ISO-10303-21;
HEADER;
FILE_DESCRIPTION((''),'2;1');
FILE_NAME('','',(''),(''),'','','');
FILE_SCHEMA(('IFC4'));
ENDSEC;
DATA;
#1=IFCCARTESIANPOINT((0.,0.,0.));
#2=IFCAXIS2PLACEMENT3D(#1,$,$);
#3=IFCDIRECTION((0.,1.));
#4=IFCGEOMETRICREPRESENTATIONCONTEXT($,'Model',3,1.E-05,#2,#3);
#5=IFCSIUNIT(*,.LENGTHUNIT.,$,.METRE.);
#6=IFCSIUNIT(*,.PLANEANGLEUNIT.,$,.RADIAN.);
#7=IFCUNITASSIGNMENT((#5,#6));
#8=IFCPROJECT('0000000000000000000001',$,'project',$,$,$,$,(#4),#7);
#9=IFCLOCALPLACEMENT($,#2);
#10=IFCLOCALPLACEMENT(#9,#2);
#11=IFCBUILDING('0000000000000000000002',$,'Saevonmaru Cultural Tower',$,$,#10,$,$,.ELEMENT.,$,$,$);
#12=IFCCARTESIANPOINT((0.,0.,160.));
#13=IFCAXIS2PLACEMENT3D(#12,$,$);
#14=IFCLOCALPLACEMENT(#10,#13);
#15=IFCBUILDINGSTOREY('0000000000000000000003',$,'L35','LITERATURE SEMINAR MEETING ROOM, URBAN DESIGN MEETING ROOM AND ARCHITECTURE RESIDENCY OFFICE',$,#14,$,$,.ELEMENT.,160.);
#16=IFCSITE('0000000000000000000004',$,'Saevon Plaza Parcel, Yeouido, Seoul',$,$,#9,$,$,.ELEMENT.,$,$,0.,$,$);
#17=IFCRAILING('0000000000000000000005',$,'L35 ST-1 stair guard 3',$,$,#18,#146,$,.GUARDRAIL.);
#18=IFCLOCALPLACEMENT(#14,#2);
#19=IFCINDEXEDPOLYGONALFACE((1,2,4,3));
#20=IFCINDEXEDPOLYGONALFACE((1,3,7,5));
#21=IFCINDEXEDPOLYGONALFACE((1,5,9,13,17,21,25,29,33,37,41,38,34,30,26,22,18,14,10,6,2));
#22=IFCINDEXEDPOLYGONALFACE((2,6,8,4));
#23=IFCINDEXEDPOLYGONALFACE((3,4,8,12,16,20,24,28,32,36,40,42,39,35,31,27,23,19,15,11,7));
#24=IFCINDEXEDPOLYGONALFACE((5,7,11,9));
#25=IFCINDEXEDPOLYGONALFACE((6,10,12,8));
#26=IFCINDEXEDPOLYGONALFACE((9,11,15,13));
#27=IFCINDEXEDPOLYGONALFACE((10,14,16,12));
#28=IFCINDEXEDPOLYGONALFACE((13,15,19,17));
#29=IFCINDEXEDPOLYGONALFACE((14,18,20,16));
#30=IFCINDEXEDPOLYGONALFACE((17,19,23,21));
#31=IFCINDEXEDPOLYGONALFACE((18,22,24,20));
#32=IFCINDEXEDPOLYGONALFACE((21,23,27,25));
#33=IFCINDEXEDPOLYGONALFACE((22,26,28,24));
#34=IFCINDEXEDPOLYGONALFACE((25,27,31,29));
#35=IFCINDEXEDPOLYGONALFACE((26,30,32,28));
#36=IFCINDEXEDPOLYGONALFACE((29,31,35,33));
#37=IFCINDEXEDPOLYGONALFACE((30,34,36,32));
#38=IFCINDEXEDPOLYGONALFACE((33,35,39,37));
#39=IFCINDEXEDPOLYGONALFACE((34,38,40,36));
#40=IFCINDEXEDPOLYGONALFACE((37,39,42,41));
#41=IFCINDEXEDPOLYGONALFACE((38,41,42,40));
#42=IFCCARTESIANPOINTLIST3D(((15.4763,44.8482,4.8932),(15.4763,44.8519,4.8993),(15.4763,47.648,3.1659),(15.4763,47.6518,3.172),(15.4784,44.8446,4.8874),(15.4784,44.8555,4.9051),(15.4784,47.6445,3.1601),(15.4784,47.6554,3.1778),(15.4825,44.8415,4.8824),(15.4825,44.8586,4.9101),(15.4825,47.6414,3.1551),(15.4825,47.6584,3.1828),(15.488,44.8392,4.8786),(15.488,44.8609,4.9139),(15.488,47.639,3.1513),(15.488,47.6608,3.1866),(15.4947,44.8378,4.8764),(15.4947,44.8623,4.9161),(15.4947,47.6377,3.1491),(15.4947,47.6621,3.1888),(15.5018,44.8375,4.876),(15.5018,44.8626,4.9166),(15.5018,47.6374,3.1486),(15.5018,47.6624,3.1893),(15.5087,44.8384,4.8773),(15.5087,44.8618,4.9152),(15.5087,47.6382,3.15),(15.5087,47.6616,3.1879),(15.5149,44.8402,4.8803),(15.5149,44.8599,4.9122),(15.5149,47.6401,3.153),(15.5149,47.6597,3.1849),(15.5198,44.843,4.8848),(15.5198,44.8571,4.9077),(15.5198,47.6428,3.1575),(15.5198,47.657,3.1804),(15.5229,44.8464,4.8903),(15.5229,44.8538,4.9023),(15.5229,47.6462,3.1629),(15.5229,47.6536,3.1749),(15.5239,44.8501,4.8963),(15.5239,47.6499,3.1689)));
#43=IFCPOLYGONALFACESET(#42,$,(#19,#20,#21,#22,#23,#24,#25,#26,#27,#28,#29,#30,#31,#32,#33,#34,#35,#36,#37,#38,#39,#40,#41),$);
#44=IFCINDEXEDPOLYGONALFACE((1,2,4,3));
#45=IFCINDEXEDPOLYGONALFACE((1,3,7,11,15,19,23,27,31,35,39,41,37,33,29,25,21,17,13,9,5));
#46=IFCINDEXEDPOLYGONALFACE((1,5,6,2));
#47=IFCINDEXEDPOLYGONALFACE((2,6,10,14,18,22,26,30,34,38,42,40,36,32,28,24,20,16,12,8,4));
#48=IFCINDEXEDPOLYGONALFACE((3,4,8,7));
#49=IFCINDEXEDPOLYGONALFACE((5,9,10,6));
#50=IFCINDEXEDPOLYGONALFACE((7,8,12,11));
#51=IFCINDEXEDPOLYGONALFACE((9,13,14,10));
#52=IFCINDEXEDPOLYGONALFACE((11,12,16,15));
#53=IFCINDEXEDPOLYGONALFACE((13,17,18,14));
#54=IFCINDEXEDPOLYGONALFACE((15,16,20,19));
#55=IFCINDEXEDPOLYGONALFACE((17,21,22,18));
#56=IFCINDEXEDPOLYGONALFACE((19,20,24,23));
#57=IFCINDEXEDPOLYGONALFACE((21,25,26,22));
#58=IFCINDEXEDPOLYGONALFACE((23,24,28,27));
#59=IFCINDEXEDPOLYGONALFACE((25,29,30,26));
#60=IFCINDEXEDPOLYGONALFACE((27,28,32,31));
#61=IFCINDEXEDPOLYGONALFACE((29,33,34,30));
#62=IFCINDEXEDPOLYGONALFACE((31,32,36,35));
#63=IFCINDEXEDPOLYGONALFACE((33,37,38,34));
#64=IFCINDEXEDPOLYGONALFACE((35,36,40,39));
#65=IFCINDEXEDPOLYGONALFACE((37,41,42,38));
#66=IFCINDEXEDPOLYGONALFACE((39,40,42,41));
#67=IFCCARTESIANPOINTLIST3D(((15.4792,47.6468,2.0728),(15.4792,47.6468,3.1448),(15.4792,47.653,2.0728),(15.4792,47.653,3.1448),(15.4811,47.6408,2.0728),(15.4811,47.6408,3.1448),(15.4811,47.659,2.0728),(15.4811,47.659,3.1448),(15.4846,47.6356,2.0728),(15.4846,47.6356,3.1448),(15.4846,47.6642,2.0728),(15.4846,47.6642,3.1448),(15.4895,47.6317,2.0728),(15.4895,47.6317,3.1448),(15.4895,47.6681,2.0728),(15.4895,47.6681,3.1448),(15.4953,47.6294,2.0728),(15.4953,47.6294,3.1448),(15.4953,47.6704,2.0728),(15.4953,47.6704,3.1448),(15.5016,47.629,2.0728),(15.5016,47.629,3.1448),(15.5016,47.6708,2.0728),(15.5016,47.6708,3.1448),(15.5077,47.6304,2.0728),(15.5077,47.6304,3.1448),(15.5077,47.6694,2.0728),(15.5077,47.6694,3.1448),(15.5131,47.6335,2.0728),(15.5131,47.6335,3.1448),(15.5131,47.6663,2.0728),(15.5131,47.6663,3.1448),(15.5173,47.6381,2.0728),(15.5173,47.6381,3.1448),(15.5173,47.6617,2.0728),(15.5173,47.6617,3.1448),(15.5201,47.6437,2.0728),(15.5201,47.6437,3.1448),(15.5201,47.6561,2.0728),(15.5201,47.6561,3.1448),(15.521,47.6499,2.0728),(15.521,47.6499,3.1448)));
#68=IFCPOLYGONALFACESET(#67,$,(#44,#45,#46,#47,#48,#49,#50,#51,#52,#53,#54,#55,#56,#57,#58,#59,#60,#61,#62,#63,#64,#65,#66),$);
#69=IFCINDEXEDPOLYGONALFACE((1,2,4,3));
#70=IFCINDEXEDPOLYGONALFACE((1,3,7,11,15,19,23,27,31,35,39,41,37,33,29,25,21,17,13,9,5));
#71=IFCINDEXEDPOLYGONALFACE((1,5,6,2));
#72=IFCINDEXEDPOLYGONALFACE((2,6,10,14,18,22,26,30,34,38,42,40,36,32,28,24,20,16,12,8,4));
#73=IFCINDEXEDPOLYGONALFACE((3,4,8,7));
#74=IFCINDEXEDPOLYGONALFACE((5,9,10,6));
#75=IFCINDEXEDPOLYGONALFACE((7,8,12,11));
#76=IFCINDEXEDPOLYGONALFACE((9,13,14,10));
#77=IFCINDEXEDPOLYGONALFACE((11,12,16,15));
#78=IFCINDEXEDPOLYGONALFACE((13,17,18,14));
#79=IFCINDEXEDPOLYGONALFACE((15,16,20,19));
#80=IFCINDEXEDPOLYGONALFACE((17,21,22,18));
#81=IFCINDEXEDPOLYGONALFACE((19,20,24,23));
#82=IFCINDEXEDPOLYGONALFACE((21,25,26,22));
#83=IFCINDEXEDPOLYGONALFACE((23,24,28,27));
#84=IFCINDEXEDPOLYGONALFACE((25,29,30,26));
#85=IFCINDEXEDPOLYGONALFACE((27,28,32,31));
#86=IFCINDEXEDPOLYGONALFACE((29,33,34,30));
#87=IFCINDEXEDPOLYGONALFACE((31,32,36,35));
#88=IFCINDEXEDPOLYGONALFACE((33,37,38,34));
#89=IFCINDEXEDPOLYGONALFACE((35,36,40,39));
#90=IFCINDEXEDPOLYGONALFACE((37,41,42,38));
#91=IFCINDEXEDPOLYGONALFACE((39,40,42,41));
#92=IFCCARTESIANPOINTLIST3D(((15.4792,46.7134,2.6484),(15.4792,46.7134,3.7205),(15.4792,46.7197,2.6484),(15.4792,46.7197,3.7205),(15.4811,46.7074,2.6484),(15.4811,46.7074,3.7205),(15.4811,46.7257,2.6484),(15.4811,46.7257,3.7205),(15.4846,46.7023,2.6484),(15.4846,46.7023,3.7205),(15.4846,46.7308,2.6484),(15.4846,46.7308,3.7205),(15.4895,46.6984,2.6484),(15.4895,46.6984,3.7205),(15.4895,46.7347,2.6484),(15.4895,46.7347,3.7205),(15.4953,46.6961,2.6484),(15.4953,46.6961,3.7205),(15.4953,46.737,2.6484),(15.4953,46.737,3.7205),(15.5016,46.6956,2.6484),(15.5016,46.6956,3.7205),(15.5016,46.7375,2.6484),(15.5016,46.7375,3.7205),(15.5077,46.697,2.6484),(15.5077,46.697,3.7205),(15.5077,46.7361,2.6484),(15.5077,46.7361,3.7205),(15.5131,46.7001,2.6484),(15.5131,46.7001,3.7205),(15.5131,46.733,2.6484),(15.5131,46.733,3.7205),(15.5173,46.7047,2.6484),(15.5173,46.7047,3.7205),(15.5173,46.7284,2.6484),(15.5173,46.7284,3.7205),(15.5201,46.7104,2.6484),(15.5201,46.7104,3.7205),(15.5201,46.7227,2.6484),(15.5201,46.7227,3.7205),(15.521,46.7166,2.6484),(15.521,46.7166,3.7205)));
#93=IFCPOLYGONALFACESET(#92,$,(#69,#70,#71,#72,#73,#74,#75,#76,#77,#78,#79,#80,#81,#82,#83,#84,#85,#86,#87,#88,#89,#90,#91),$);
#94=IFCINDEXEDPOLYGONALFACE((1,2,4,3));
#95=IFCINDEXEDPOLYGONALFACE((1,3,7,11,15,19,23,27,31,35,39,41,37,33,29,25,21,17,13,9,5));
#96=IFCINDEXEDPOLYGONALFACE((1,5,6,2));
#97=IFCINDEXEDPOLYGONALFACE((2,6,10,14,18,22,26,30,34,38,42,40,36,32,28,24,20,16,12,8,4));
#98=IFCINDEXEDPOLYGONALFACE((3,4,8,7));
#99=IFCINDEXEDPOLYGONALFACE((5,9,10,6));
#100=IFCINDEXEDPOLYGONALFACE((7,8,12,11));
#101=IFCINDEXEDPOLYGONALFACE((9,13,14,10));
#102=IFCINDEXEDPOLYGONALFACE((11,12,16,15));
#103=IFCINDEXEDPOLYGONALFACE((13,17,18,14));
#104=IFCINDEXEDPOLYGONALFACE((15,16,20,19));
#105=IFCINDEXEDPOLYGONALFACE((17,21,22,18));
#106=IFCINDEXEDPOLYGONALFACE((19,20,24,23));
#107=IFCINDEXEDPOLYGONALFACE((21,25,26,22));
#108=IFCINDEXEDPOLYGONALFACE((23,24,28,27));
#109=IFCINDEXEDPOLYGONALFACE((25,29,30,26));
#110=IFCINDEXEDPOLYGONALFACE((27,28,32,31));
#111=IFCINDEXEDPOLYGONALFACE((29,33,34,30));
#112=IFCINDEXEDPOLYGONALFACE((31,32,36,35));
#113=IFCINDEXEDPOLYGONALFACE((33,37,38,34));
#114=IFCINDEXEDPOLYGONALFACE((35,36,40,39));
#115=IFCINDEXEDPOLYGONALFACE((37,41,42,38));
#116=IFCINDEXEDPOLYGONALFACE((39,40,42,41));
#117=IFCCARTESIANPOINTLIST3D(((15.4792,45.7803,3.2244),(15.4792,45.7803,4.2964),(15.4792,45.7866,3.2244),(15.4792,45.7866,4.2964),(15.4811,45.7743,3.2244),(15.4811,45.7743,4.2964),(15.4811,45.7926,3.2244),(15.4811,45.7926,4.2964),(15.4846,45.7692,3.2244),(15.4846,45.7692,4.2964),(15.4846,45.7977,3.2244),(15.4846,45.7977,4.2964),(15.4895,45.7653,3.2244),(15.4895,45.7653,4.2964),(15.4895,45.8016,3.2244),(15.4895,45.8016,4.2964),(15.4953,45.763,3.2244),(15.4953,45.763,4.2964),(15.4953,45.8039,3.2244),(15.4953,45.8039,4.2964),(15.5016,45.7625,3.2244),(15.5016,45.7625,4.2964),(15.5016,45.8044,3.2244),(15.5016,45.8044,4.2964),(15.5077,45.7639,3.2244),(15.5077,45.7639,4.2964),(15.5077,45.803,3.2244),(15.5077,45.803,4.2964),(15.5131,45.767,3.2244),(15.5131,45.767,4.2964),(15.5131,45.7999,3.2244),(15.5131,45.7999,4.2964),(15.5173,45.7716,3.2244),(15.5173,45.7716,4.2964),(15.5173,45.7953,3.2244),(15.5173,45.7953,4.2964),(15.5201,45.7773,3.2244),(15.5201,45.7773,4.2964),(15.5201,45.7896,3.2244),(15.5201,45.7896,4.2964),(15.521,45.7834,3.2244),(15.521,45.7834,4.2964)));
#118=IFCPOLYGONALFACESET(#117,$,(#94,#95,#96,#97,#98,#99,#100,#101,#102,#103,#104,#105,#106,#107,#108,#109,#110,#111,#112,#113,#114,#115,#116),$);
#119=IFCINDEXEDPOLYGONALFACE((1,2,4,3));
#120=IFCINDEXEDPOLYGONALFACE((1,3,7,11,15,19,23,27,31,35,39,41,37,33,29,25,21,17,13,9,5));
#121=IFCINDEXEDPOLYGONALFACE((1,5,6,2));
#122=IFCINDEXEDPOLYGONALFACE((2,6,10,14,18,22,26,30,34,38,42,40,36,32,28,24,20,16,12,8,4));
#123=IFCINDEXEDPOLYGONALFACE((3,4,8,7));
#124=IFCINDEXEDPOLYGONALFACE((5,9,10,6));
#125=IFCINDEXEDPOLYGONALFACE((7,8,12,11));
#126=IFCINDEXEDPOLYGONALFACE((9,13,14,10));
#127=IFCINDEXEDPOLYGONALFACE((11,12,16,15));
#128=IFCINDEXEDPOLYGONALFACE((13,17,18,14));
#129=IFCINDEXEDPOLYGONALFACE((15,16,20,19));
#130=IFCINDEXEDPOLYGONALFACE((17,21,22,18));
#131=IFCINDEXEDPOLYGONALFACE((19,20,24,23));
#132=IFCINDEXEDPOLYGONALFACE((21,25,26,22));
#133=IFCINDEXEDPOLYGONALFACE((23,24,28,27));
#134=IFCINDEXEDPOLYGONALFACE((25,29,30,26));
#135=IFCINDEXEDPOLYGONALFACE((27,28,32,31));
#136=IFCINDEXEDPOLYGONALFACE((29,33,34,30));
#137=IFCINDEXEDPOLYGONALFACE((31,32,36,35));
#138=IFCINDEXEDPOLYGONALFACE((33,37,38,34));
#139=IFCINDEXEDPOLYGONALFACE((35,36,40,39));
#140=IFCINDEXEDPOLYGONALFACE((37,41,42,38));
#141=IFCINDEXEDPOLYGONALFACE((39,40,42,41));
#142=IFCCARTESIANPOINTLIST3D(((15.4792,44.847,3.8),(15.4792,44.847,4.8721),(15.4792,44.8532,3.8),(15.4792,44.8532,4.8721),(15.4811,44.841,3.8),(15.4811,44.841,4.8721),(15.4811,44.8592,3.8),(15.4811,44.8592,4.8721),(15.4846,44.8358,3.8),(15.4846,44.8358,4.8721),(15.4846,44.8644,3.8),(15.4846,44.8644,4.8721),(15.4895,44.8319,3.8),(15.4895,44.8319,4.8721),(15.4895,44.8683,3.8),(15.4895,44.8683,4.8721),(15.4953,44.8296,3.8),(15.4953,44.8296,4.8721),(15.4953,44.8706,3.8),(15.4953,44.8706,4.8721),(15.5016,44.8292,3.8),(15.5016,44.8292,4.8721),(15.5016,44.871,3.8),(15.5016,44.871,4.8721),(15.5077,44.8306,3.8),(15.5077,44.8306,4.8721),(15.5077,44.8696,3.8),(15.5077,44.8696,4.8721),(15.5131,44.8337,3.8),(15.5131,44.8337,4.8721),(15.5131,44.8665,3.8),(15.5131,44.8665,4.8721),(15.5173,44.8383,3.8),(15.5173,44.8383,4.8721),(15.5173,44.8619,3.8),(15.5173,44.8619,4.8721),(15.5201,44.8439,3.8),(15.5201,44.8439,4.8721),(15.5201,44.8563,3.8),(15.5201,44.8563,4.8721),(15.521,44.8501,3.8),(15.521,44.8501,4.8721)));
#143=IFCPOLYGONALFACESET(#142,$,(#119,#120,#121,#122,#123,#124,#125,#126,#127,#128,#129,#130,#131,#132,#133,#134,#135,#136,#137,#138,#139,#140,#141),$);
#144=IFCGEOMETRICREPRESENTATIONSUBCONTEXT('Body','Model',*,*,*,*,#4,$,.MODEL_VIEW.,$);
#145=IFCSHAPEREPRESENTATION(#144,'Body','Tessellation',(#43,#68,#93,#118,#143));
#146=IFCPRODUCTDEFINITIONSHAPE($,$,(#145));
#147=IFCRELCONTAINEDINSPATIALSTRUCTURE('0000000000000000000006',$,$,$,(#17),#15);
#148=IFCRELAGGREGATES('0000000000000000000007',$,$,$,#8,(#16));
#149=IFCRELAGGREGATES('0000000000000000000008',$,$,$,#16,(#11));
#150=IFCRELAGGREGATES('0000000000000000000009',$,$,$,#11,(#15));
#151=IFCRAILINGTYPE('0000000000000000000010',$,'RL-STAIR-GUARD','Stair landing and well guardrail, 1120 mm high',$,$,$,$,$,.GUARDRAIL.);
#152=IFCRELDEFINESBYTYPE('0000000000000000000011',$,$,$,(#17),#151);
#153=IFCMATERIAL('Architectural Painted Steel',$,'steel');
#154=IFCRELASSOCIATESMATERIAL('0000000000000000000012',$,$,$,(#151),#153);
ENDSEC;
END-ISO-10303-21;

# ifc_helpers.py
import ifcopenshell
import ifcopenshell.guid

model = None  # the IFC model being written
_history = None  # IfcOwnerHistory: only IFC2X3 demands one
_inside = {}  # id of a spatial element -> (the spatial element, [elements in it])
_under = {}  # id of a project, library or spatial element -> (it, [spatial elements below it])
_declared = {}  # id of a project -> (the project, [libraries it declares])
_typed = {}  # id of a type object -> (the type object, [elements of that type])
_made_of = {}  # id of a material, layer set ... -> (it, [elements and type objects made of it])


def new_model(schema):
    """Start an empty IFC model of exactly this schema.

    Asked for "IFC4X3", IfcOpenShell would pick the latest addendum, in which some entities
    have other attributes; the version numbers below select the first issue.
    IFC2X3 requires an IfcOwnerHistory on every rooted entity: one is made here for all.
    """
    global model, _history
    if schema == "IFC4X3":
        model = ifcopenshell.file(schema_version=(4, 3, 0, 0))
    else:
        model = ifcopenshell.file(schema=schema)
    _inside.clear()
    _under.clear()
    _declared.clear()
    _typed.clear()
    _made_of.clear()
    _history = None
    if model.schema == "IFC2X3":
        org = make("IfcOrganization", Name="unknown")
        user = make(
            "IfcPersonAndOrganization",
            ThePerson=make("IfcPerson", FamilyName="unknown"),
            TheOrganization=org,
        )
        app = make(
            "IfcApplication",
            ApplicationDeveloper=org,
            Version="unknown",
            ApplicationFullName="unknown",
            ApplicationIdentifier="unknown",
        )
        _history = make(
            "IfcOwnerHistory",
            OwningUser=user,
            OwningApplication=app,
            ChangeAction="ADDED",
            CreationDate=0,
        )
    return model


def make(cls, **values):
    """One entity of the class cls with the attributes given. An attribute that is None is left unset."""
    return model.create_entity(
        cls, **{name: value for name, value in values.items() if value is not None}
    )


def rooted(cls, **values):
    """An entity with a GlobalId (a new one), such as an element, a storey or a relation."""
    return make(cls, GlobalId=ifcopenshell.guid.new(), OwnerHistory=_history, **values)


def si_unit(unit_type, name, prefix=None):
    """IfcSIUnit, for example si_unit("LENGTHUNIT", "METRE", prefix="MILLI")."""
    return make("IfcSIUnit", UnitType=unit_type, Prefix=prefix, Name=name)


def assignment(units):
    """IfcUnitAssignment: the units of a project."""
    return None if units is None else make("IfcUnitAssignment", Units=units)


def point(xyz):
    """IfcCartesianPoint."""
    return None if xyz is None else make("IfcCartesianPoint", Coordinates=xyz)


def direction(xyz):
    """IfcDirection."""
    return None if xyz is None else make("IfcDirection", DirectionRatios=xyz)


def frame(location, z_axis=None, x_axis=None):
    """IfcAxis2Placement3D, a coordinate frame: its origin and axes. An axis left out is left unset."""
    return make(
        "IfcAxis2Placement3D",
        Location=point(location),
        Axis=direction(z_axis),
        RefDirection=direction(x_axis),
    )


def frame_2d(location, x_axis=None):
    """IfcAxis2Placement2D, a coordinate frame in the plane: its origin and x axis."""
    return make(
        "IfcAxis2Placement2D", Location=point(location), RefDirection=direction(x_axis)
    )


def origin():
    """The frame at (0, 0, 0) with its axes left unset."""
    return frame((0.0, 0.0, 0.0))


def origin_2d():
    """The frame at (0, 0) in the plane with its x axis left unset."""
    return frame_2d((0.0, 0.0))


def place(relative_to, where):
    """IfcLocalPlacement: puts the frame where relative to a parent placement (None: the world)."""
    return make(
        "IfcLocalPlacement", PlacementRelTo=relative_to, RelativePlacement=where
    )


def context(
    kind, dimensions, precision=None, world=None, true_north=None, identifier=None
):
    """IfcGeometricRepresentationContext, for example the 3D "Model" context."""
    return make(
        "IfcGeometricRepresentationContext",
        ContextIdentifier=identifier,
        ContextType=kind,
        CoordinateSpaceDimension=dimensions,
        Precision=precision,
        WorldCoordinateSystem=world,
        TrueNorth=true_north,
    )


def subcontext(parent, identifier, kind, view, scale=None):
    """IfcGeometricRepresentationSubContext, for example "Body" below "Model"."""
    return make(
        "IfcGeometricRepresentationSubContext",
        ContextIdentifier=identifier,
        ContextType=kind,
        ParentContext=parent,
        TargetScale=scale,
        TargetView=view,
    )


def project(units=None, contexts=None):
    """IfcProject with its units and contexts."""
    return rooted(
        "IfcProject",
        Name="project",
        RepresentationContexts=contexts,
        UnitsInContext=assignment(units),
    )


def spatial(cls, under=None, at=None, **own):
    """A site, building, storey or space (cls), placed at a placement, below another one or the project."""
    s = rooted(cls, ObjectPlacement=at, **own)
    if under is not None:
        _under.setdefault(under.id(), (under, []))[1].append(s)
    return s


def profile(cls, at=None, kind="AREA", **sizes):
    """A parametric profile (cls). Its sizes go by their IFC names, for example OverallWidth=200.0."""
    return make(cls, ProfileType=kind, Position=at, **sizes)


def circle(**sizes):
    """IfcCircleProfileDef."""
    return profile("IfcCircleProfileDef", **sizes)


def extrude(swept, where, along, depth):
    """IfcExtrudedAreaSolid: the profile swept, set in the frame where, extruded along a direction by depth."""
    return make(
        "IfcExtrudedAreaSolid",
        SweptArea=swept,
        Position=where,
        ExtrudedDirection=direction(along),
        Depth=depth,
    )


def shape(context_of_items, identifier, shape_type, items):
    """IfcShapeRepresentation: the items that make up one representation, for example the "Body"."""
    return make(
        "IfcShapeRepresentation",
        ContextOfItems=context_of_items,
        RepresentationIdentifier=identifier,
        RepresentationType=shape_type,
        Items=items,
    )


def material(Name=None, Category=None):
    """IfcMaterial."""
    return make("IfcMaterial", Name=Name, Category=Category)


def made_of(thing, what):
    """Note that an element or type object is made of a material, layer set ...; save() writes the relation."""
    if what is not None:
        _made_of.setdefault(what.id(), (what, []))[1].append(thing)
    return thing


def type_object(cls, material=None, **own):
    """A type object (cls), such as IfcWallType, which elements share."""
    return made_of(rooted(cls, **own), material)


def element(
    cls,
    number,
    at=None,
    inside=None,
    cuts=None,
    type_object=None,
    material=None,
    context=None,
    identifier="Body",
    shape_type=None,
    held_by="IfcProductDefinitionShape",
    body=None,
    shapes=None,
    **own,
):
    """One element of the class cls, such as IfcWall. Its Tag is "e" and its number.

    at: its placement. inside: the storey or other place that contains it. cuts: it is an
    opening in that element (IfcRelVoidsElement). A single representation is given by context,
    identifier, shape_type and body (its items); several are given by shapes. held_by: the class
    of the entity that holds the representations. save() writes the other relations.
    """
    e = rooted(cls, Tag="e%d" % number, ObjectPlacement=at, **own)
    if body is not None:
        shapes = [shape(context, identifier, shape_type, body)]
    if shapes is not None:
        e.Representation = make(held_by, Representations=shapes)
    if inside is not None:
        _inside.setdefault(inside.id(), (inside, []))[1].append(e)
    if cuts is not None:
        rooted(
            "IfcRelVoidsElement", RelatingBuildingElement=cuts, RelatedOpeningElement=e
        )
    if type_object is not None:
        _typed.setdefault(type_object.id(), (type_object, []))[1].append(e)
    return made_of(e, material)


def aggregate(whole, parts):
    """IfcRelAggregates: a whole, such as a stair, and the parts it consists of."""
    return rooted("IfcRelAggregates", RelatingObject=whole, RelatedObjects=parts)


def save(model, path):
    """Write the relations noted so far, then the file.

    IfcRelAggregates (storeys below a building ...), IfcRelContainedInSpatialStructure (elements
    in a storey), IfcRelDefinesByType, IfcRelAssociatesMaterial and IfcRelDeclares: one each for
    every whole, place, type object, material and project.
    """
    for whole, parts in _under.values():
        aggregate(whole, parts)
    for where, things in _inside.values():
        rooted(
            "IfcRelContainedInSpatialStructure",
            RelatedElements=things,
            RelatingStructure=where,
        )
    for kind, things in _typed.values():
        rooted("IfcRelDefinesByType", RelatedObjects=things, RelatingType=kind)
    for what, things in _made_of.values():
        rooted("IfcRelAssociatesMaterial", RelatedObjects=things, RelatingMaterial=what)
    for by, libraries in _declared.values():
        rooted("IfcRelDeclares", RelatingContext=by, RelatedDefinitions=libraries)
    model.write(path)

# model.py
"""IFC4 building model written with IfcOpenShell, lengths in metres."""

from ifc_helpers import new_model, si_unit, direction, frame, origin, origin_2d, place, context, subcontext, project, spatial, circle, extrude, material, type_object, element, save


model = new_model("IFC4")

# Units and contexts
model_context = context("Model", 3, precision=1e-05, world=origin(), true_north=direction((0.0, 1.0)))
body_context = subcontext(model_context, "Body", "Model", "MODEL_VIEW")
ifc_project = project(units=[si_unit("LENGTHUNIT", "METRE"), si_unit("PLANEANGLEUNIT", "RADIAN")], contexts=[model_context])

# Site, building, storey
site_placement = place(None, origin())
site = spatial("IfcSite", under=ifc_project, at=site_placement, Name="Saevon Plaza Parcel, Yeouido, Seoul", CompositionType="ELEMENT", RefElevation=0.0)
building_placement = place(site_placement, origin())
building = spatial("IfcBuilding", under=site, at=building_placement, Name="Saevonmaru Cultural Tower", CompositionType="ELEMENT")
storey_placement = place(building_placement, frame((0.0, 0.0, 160.0)))
storey = spatial("IfcBuildingStorey", under=building, at=storey_placement, Name="L35", Description="LITERATURE SEMINAR MEETING ROOM, URBAN DESIGN MEETING ROOM AND ARCHITECTURE RESIDENCY OFFICE", CompositionType="ELEMENT", Elevation=160.0)

# Railing
ifc_material_1 = material(Name="Architectural Painted Steel", Category="steel")
railing_type_1 = type_object("IfcRailingType", Name="RL-STAIR-GUARD", Description="Stair landing and well guardrail, 1120 mm high", PredefinedType="GUARDRAIL", material=ifc_material_1)
railing_1_placement = place(storey_placement, frame((15.5, 47.6499, 2.0728)))
element("IfcRailing", 1, at=railing_1_placement, inside=storey, type_object=railing_type_1, Name="L35 ST-1 stair guard 3", PredefinedType="GUARDRAIL", context=body_context, shape_type="SweptSolid", body=[
    extrude(circle(Radius=0.0239, at=origin_2d()), frame((0.0, 0.0, 1.0962), z_axis=(0.0, -0.851069, 0.525054), x_axis=(1.0, 0.0, 0.0)), (0.0, 0.0, 1.0), 3.2898),
    extrude(circle(Radius=0.021, at=origin_2d()), origin(), (0.0, 0.0, 1.0), 1.072),
    extrude(circle(Radius=0.021, at=origin_2d()), frame((0.0, -0.9333, 0.5757)), (0.0, 0.0, 1.0), 1.072),
    extrude(circle(Radius=0.021, at=origin_2d()), frame((0.0, -1.8665, 1.1516)), (0.0, 0.0, 1.0), 1.072),
    extrude(circle(Radius=0.021, at=origin_2d()), frame((0.0, -2.7998, 1.7273)), (0.0, 0.0, 1.0), 1.072),
])

save(model, "model.ifc")
